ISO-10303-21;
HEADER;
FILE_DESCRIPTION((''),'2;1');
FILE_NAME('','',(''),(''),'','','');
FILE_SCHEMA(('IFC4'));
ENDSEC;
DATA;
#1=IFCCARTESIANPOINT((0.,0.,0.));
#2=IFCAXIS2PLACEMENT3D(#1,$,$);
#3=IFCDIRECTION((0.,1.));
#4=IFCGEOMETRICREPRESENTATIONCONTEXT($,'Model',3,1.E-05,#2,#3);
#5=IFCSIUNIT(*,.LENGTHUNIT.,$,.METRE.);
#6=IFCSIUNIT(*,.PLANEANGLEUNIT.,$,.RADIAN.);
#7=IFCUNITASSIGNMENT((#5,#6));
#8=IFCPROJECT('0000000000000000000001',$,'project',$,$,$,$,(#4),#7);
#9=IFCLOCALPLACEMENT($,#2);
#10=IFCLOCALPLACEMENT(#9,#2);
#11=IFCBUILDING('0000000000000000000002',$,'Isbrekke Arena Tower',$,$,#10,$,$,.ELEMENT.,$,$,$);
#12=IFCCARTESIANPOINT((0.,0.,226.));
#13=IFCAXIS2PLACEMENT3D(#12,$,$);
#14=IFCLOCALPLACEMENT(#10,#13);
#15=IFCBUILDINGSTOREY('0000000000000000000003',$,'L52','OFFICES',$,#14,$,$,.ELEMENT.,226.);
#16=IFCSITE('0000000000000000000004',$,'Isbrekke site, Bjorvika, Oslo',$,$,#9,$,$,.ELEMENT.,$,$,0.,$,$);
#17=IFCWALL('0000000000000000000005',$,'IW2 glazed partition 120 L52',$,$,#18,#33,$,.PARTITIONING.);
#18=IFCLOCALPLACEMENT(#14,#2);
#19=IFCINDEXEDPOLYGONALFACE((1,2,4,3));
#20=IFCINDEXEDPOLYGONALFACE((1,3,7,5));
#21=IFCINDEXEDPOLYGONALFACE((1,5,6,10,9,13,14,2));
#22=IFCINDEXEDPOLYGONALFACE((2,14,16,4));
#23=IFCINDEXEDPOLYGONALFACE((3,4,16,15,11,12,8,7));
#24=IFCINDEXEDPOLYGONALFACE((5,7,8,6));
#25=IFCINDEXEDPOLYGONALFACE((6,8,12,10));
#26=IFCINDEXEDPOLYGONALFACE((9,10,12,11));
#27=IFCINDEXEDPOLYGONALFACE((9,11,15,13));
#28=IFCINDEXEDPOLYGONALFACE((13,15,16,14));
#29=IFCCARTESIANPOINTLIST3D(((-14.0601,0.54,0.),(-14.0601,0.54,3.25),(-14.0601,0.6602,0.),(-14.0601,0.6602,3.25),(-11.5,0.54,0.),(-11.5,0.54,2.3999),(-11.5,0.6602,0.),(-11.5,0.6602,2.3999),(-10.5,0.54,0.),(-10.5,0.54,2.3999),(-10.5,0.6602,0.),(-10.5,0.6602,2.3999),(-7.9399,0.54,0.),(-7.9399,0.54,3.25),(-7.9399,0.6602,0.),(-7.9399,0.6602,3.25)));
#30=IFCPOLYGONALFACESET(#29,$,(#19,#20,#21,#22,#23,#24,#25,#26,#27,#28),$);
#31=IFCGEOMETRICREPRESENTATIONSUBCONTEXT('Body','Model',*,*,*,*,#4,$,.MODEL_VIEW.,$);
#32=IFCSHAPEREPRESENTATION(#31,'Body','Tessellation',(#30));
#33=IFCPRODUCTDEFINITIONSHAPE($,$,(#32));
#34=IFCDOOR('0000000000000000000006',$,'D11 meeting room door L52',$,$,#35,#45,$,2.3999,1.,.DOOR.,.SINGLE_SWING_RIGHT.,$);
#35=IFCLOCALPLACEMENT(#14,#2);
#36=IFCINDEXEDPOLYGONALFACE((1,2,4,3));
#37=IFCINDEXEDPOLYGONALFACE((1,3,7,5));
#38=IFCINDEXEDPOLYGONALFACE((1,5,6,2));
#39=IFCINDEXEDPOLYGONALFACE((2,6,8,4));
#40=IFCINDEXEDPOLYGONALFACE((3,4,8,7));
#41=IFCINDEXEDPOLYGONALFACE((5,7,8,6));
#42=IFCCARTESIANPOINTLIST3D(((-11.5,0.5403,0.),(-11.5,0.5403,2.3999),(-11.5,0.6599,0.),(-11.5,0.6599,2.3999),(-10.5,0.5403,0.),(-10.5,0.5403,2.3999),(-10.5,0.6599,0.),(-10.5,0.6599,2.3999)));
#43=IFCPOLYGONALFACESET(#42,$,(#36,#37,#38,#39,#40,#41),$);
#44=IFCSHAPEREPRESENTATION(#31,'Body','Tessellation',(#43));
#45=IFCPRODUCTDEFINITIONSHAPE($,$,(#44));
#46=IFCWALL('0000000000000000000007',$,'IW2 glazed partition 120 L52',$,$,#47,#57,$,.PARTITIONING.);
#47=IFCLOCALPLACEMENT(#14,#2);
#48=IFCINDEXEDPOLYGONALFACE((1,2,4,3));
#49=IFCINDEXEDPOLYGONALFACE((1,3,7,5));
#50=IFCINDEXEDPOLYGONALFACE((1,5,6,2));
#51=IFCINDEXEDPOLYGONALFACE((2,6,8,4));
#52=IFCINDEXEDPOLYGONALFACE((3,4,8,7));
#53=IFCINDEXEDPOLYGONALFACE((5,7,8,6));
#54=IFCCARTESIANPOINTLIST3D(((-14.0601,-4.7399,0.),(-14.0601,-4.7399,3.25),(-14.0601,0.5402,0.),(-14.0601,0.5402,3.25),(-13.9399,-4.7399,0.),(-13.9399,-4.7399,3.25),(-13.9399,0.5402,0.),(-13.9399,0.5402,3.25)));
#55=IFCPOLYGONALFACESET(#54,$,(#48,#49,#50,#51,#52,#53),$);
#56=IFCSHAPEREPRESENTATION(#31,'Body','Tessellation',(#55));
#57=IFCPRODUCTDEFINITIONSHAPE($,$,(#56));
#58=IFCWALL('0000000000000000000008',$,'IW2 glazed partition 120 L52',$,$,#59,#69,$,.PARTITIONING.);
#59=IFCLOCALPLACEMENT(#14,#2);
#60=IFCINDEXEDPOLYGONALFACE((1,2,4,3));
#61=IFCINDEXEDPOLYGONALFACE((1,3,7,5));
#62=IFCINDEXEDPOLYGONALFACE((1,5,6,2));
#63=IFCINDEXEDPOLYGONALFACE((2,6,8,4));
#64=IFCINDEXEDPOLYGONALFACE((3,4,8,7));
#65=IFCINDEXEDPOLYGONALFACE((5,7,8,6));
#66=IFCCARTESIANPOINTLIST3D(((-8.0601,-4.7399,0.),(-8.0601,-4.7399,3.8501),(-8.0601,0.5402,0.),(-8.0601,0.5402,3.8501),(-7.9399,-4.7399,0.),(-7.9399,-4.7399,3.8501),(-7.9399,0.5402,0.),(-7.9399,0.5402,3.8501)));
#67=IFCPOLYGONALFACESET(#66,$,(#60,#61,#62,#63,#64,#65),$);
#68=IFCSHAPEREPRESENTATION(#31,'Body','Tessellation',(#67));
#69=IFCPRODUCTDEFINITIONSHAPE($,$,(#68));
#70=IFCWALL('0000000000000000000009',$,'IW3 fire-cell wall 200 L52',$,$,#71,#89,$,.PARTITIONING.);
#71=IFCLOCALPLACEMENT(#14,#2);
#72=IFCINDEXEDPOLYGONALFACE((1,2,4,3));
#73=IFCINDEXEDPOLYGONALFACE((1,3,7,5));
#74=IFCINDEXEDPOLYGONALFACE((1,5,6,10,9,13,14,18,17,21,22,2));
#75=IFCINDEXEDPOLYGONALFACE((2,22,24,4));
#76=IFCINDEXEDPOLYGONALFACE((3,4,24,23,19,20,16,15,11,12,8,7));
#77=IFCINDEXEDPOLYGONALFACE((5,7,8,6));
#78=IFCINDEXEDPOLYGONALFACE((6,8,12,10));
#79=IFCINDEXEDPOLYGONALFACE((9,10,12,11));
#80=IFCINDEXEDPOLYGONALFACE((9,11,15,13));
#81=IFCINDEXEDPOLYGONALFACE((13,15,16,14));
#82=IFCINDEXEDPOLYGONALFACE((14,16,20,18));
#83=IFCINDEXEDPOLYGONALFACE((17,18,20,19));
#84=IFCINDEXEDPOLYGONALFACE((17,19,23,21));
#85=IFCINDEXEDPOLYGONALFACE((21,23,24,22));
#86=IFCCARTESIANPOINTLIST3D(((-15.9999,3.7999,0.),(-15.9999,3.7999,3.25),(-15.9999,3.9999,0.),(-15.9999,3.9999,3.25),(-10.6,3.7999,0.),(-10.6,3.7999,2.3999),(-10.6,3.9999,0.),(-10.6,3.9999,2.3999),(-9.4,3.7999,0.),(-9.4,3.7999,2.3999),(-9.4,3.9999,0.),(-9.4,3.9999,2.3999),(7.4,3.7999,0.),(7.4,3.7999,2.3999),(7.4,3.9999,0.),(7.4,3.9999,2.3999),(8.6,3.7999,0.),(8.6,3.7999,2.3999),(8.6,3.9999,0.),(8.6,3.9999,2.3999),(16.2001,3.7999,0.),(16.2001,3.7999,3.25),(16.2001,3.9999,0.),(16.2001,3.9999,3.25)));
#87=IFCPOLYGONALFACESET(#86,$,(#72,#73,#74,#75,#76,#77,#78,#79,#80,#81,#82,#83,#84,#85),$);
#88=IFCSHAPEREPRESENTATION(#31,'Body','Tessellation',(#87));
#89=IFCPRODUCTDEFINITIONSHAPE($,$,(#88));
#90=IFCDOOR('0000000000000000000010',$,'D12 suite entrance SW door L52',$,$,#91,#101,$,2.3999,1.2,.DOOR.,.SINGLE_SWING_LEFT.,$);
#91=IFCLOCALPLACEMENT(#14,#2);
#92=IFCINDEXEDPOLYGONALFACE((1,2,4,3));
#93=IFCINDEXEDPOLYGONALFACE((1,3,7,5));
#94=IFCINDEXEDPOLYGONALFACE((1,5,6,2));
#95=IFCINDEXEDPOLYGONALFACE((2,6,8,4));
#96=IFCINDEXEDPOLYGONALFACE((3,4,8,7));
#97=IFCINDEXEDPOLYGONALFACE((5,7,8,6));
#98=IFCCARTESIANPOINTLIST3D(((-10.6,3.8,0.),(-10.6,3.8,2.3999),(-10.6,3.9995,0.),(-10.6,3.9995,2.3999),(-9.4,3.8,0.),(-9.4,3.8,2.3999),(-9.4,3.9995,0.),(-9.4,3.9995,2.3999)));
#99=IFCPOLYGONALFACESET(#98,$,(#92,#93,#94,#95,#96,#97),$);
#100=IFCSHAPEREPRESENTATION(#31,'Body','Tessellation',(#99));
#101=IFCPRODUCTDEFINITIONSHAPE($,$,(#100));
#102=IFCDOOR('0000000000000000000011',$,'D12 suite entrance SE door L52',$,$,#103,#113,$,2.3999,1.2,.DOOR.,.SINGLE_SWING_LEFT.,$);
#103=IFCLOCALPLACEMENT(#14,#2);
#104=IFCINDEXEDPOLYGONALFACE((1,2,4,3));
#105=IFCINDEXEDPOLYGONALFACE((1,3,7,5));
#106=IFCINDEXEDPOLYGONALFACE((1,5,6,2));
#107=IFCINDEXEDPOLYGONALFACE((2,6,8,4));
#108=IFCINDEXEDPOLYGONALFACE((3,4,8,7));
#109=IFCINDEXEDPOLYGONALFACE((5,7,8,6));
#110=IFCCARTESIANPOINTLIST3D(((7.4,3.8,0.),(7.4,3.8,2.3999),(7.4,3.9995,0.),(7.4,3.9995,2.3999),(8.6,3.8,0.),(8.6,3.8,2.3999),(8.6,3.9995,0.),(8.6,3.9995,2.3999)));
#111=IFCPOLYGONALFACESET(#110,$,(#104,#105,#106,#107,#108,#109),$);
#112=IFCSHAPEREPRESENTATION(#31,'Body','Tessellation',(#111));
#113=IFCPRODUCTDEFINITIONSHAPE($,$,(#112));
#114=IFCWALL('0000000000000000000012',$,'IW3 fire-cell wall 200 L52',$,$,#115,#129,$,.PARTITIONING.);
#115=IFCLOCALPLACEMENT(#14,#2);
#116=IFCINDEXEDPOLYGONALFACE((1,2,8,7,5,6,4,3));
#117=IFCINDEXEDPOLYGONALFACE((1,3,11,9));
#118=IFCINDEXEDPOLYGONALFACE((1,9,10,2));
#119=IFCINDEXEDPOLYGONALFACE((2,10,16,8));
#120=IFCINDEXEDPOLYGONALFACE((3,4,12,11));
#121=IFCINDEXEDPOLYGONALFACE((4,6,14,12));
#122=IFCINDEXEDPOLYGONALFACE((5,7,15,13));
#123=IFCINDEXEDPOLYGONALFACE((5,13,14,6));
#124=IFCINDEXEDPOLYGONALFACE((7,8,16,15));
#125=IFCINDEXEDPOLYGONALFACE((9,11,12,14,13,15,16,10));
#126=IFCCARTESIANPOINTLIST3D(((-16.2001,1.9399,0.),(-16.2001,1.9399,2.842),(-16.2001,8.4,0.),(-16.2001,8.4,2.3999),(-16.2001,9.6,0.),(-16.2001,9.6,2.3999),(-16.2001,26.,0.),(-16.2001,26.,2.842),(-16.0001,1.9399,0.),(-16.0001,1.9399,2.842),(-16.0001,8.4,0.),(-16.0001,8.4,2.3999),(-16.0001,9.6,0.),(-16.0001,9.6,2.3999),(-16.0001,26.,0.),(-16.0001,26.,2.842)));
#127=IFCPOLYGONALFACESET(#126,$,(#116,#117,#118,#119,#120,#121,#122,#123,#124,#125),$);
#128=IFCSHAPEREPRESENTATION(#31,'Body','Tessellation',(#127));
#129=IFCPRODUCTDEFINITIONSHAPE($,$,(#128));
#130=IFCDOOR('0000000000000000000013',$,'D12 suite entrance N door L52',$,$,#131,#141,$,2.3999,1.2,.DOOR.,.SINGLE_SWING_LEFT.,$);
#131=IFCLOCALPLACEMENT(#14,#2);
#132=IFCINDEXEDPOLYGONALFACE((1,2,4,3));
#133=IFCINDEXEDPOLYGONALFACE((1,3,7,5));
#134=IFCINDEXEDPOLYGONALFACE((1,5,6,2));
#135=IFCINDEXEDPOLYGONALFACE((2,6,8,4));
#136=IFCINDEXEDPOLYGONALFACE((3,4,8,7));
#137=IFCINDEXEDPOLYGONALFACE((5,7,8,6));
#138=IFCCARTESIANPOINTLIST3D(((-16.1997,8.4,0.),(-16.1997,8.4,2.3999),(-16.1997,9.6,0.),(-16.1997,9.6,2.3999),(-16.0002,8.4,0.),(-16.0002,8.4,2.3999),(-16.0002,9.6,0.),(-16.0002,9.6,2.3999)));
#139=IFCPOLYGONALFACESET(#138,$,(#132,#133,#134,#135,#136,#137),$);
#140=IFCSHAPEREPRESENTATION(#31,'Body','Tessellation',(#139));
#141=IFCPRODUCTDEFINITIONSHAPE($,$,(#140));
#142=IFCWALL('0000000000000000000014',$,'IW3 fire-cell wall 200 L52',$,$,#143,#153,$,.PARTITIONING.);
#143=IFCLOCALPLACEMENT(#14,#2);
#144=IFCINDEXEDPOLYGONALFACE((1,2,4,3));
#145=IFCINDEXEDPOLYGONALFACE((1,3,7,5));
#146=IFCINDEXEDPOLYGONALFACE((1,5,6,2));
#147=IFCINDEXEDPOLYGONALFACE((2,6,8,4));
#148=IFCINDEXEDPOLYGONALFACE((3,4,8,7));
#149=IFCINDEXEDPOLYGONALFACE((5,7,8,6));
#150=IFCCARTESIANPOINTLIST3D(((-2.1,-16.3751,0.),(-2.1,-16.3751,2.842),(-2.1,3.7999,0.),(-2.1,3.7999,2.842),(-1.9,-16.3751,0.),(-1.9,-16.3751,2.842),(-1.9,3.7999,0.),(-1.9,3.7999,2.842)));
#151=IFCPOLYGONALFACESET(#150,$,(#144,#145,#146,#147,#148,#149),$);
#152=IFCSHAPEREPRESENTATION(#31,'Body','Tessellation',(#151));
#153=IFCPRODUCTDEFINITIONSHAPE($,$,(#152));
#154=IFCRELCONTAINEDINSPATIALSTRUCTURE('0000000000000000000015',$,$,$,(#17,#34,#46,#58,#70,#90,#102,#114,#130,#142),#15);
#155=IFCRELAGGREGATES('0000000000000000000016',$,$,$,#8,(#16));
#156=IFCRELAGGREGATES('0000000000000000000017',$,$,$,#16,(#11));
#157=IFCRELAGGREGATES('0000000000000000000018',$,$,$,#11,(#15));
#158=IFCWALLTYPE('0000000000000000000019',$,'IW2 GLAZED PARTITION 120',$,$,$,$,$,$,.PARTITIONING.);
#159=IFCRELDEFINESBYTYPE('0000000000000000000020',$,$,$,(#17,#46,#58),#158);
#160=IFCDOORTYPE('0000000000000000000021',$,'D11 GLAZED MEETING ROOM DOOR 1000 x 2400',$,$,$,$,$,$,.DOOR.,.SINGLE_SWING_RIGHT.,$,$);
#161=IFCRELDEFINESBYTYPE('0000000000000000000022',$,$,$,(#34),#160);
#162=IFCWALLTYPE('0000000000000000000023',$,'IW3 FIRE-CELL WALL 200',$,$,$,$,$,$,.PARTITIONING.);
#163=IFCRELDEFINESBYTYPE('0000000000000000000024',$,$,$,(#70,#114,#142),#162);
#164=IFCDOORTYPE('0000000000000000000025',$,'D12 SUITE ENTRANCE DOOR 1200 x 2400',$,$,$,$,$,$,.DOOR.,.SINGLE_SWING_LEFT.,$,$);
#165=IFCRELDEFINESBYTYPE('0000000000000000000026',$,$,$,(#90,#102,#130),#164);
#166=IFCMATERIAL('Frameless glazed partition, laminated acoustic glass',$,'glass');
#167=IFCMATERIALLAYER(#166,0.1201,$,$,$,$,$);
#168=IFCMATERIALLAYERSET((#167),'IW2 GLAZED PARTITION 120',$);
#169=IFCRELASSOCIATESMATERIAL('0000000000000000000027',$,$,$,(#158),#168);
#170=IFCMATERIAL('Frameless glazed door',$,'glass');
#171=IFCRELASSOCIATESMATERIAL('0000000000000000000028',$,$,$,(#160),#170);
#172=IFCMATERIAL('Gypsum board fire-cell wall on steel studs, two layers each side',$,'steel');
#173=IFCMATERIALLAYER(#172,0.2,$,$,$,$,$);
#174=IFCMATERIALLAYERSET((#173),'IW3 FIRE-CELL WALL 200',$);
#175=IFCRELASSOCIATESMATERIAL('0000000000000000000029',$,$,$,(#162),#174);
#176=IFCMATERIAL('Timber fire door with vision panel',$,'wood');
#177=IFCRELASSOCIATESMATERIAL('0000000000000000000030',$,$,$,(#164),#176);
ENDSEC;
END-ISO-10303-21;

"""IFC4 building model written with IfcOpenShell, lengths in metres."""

from ifc_helpers import new_model, si_unit, direction, frame, frame_2d, origin, place, context, subcontext, project, spatial, rectangle, extrude, material, layer, layer_set, type_object, element, fill, save


model = new_model("IFC4")

# Units and contexts
model_context = context("Model", 3, precision=1e-05, world=origin(), true_north=direction((0.0, 1.0)))
body_context = subcontext(model_context, "Body", "Model", "MODEL_VIEW")
ifc_project = project(units=[si_unit("LENGTHUNIT", "METRE"), si_unit("PLANEANGLEUNIT", "RADIAN")], contexts=[model_context])

# Site, building, storey
site_placement = place(None, origin())
site = spatial("IfcSite", under=ifc_project, at=site_placement, Name="Isbrekke site, Bjorvika, Oslo", CompositionType="ELEMENT", RefElevation=0.0)
building_placement = place(site_placement, origin())
building = spatial("IfcBuilding", under=site, at=building_placement, Name="Isbrekke Arena Tower", CompositionType="ELEMENT")
storey_placement = place(building_placement, frame((0.0, 0.0, 226.0)))
storey = spatial("IfcBuildingStorey", under=building, at=storey_placement, Name="L52", Description="OFFICES", CompositionType="ELEMENT", Elevation=226.0)

# Shared definitions
ifc_material_1 = material(Name="Frameless glazed partition, laminated acoustic glass", Category="glass")
ifc_layer_1 = layer(ifc_material_1, 0.1201)
ifc_layer_set_1 = layer_set([ifc_layer_1], Name="IW2 GLAZED PARTITION 120")
wall_type_1 = type_object("IfcWallType", Name="IW2 GLAZED PARTITION 120", PredefinedType="PARTITIONING", material=ifc_layer_set_1)

# Wall, opening, door
wall_1_placement = place(storey_placement, frame((-14.0601, 0.6001, 0.0), z_axis=(0.0, 0.0, 1.0), x_axis=(1.0, 0.0, 0.0)))
wall_1 = element("IfcWall", 1, at=wall_1_placement, inside=storey, type_object=wall_type_1, Name="IW2 glazed partition 120 L52", PredefinedType="PARTITIONING", context=body_context, shape_type="SweptSolid", body=[
    extrude(rectangle(XDim=6.1201, YDim=0.1201, at=frame_2d((3.0601, 0.0))), origin(), (0.0, 0.0, 1.0), 3.25),
])
opening_1_placement = place(wall_1_placement, frame((2.5601, 0.0, 0.0)))
opening_1 = element("IfcOpeningElement", 2, at=opening_1_placement, cuts=wall_1, PredefinedType="OPENING", context=body_context, shape_type="SweptSolid", body=[
    extrude(rectangle(XDim=1.0, YDim=2.3999, at=frame_2d((0.5, 1.2))), frame((0.0, 0.075, 0.0), z_axis=(0.0, -1.0, 0.0), x_axis=(1.0, 0.0, 0.0)), (0.0, 0.0, 1.0), 0.1499),
])
ifc_material_2 = material(Name="Frameless glazed door", Category="glass")
door_type_1 = type_object("IfcDoorType", Name="D11 GLAZED MEETING ROOM DOOR 1000 x 2400", OperationType="SINGLE_SWING_RIGHT", PredefinedType="DOOR", material=ifc_material_2)
door_1_placement = place(opening_1_placement, origin())
door_1 = element("IfcDoor", 3, at=door_1_placement, inside=storey, type_object=door_type_1, Name="D11 meeting room door L52", OperationType="SINGLE_SWING_RIGHT", OverallHeight=2.3999, OverallWidth=1.0, PredefinedType="DOOR", context=body_context, shape_type="SweptSolid", body=[
    extrude(rectangle(XDim=1.0, YDim=2.3999, at=frame_2d((0.5, 1.2))), frame((0.0, 0.0598, 0.0), z_axis=(0.0, -1.0, 0.0), x_axis=(1.0, 0.0, 0.0)), (0.0, 0.0, 1.0), 0.1196),
])
fill(opening_1, door_1)

# Walls
wall_2_placement = place(storey_placement, frame((-14.0, -4.74, 0.0), z_axis=(0.0, 0.0, 1.0), x_axis=(0.0, 1.0, 0.0)))
element("IfcWall", 4, at=wall_2_placement, inside=storey, type_object=wall_type_1, Name="IW2 glazed partition 120 L52", PredefinedType="PARTITIONING", context=body_context, shape_type="SweptSolid", body=[
    extrude(rectangle(XDim=5.28, YDim=0.1201, at=frame_2d((2.6401, 0.0))), origin(), (0.0, 0.0, 1.0), 3.25),
])
wall_3_placement = place(storey_placement, frame((-8.0, -4.74, 0.0), z_axis=(0.0, 0.0, 1.0), x_axis=(0.0, 1.0, 0.0)))
element("IfcWall", 5, at=wall_3_placement, inside=storey, type_object=wall_type_1, Name="IW2 glazed partition 120 L52", PredefinedType="PARTITIONING", context=body_context, shape_type="SweptSolid", body=[
    extrude(rectangle(XDim=5.28, YDim=0.1201, at=frame_2d((2.6401, 0.0))), origin(), (0.0, 0.0, 1.0), 3.8501),
])

# Wall, openings, doors
ifc_material_3 = material(Name="Gypsum board fire-cell wall on steel studs, two layers each side", Category="steel")
ifc_layer_2 = layer(ifc_material_3, 0.2)
ifc_layer_set_2 = layer_set([ifc_layer_2], Name="IW3 FIRE-CELL WALL 200")
wall_type_2 = type_object("IfcWallType", Name="IW3 FIRE-CELL WALL 200", PredefinedType="PARTITIONING", material=ifc_layer_set_2)
wall_4_placement = place(storey_placement, frame((-16.0, 3.8999, 0.0), z_axis=(0.0, 0.0, 1.0), x_axis=(1.0, 0.0, 0.0)))
wall_4 = element("IfcWall", 6, at=wall_4_placement, inside=storey, type_object=wall_type_2, Name="IW3 fire-cell wall 200 L52", PredefinedType="PARTITIONING", context=body_context, shape_type="SweptSolid", body=[
    extrude(rectangle(XDim=32.2, YDim=0.2, at=frame_2d((16.1001, 0.0))), origin(), (0.0, 0.0, 1.0), 3.25),
])
opening_2_placement = place(wall_4_placement, frame((5.3999, 0.0, 0.0)))
opening_2 = element("IfcOpeningElement", 7, at=opening_2_placement, cuts=wall_4, PredefinedType="OPENING", context=body_context, shape_type="SweptSolid", body=[
    extrude(rectangle(XDim=1.2, YDim=2.3999, at=frame_2d((0.6001, 1.2))), frame((0.0, 0.1147, 0.0), z_axis=(0.0, -1.0, 0.0), x_axis=(1.0, 0.0, 0.0)), (0.0, 0.0, 1.0), 0.2297),
])
opening_3_placement = place(wall_4_placement, frame((23.3999, 0.0, 0.0)))
opening_3 = element("IfcOpeningElement", 8, at=opening_3_placement, cuts=wall_4, PredefinedType="OPENING", context=body_context, shape_type="SweptSolid", body=[
    extrude(rectangle(XDim=1.2, YDim=2.3999, at=frame_2d((0.6001, 1.2))), frame((0.0, 0.1147, 0.0), z_axis=(0.0, -1.0, 0.0), x_axis=(1.0, 0.0, 0.0)), (0.0, 0.0, 1.0), 0.2297),
])
ifc_material_4 = material(Name="Timber fire door with vision panel", Category="wood")
door_type_2 = type_object("IfcDoorType", Name="D12 SUITE ENTRANCE DOOR 1200 x 2400", OperationType="SINGLE_SWING_LEFT", PredefinedType="DOOR", material=ifc_material_4)
door_2_placement = place(opening_2_placement, origin())
door_2 = element("IfcDoor", 9, at=door_2_placement, inside=storey, type_object=door_type_2, Name="D12 suite entrance SW door L52", OperationType="SINGLE_SWING_LEFT", OverallHeight=2.3999, OverallWidth=1.2, PredefinedType="DOOR", context=body_context, shape_type="SweptSolid", body=[
    extrude(rectangle(XDim=1.2, YDim=2.3999, at=frame_2d((0.6001, 1.2))), frame((0.0, 0.0996, 0.0), z_axis=(0.0, -1.0, 0.0), x_axis=(1.0, 0.0, 0.0)), (0.0, 0.0, 1.0), 0.1995),
])
fill(opening_2, door_2)
door_3_placement = place(opening_3_placement, origin())
door_3 = element("IfcDoor", 10, at=door_3_placement, inside=storey, type_object=door_type_2, Name="D12 suite entrance SE door L52", OperationType="SINGLE_SWING_LEFT", OverallHeight=2.3999, OverallWidth=1.2, PredefinedType="DOOR", context=body_context, shape_type="SweptSolid", body=[
    extrude(rectangle(XDim=1.2, YDim=2.3999, at=frame_2d((0.6001, 1.2))), frame((0.0, 0.0996, 0.0), z_axis=(0.0, -1.0, 0.0), x_axis=(1.0, 0.0, 0.0)), (0.0, 0.0, 1.0), 0.1995),
])
fill(opening_3, door_3)

# Wall, opening, door
wall_5_placement = place(storey_placement, frame((-16.1001, 1.9399, 0.0), z_axis=(0.0, 0.0, 1.0), x_axis=(0.0, 1.0, 0.0)))
wall_5 = element("IfcWall", 11, at=wall_5_placement, inside=storey, type_object=wall_type_2, Name="IW3 fire-cell wall 200 L52", PredefinedType="PARTITIONING", context=body_context, shape_type="SweptSolid", body=[
    extrude(rectangle(XDim=24.0601, YDim=0.2, at=frame_2d((12.03, 0.0))), origin(), (0.0, 0.0, 1.0), 2.842),
])
opening_4_placement = place(wall_5_placement, frame((6.46, 0.0, 0.0)))
opening_4 = element("IfcOpeningElement", 12, at=opening_4_placement, cuts=wall_5, PredefinedType="OPENING", context=body_context, shape_type="SweptSolid", body=[
    extrude(rectangle(XDim=1.2, YDim=2.3999, at=frame_2d((0.6001, 1.2))), frame((0.0, 0.1147, 0.0), z_axis=(0.0, -1.0, 0.0), x_axis=(1.0, 0.0, 0.0)), (0.0, 0.0, 1.0), 0.2297),
])
door_4_placement = place(opening_4_placement, origin())
door_4 = element("IfcDoor", 13, at=door_4_placement, inside=storey, type_object=door_type_2, Name="D12 suite entrance N door L52", OperationType="SINGLE_SWING_LEFT", OverallHeight=2.3999, OverallWidth=1.2, PredefinedType="DOOR", context=body_context, shape_type="SweptSolid", body=[
    extrude(rectangle(XDim=1.2, YDim=2.3999, at=frame_2d((0.6001, 1.2))), frame((0.0, 0.0996, 0.0), z_axis=(0.0, -1.0, 0.0), x_axis=(1.0, 0.0, 0.0)), (0.0, 0.0, 1.0), 0.1995),
])
fill(opening_4, door_4)

# Wall
wall_6_placement = place(storey_placement, frame((-2.0, -16.375, 0.0), z_axis=(0.0, 0.0, 1.0), x_axis=(0.0, 1.0, 0.0)))
element("IfcWall", 14, at=wall_6_placement, inside=storey, type_object=wall_type_2, Name="IW3 fire-cell wall 200 L52", PredefinedType="PARTITIONING", context=body_context, shape_type="SweptSolid", body=[
    extrude(rectangle(XDim=20.175, YDim=0.2, at=frame_2d((10.0874, 0.0))), origin(), (0.0, 0.0, 1.0), 2.842),
])

save(model, "model.ifc")
